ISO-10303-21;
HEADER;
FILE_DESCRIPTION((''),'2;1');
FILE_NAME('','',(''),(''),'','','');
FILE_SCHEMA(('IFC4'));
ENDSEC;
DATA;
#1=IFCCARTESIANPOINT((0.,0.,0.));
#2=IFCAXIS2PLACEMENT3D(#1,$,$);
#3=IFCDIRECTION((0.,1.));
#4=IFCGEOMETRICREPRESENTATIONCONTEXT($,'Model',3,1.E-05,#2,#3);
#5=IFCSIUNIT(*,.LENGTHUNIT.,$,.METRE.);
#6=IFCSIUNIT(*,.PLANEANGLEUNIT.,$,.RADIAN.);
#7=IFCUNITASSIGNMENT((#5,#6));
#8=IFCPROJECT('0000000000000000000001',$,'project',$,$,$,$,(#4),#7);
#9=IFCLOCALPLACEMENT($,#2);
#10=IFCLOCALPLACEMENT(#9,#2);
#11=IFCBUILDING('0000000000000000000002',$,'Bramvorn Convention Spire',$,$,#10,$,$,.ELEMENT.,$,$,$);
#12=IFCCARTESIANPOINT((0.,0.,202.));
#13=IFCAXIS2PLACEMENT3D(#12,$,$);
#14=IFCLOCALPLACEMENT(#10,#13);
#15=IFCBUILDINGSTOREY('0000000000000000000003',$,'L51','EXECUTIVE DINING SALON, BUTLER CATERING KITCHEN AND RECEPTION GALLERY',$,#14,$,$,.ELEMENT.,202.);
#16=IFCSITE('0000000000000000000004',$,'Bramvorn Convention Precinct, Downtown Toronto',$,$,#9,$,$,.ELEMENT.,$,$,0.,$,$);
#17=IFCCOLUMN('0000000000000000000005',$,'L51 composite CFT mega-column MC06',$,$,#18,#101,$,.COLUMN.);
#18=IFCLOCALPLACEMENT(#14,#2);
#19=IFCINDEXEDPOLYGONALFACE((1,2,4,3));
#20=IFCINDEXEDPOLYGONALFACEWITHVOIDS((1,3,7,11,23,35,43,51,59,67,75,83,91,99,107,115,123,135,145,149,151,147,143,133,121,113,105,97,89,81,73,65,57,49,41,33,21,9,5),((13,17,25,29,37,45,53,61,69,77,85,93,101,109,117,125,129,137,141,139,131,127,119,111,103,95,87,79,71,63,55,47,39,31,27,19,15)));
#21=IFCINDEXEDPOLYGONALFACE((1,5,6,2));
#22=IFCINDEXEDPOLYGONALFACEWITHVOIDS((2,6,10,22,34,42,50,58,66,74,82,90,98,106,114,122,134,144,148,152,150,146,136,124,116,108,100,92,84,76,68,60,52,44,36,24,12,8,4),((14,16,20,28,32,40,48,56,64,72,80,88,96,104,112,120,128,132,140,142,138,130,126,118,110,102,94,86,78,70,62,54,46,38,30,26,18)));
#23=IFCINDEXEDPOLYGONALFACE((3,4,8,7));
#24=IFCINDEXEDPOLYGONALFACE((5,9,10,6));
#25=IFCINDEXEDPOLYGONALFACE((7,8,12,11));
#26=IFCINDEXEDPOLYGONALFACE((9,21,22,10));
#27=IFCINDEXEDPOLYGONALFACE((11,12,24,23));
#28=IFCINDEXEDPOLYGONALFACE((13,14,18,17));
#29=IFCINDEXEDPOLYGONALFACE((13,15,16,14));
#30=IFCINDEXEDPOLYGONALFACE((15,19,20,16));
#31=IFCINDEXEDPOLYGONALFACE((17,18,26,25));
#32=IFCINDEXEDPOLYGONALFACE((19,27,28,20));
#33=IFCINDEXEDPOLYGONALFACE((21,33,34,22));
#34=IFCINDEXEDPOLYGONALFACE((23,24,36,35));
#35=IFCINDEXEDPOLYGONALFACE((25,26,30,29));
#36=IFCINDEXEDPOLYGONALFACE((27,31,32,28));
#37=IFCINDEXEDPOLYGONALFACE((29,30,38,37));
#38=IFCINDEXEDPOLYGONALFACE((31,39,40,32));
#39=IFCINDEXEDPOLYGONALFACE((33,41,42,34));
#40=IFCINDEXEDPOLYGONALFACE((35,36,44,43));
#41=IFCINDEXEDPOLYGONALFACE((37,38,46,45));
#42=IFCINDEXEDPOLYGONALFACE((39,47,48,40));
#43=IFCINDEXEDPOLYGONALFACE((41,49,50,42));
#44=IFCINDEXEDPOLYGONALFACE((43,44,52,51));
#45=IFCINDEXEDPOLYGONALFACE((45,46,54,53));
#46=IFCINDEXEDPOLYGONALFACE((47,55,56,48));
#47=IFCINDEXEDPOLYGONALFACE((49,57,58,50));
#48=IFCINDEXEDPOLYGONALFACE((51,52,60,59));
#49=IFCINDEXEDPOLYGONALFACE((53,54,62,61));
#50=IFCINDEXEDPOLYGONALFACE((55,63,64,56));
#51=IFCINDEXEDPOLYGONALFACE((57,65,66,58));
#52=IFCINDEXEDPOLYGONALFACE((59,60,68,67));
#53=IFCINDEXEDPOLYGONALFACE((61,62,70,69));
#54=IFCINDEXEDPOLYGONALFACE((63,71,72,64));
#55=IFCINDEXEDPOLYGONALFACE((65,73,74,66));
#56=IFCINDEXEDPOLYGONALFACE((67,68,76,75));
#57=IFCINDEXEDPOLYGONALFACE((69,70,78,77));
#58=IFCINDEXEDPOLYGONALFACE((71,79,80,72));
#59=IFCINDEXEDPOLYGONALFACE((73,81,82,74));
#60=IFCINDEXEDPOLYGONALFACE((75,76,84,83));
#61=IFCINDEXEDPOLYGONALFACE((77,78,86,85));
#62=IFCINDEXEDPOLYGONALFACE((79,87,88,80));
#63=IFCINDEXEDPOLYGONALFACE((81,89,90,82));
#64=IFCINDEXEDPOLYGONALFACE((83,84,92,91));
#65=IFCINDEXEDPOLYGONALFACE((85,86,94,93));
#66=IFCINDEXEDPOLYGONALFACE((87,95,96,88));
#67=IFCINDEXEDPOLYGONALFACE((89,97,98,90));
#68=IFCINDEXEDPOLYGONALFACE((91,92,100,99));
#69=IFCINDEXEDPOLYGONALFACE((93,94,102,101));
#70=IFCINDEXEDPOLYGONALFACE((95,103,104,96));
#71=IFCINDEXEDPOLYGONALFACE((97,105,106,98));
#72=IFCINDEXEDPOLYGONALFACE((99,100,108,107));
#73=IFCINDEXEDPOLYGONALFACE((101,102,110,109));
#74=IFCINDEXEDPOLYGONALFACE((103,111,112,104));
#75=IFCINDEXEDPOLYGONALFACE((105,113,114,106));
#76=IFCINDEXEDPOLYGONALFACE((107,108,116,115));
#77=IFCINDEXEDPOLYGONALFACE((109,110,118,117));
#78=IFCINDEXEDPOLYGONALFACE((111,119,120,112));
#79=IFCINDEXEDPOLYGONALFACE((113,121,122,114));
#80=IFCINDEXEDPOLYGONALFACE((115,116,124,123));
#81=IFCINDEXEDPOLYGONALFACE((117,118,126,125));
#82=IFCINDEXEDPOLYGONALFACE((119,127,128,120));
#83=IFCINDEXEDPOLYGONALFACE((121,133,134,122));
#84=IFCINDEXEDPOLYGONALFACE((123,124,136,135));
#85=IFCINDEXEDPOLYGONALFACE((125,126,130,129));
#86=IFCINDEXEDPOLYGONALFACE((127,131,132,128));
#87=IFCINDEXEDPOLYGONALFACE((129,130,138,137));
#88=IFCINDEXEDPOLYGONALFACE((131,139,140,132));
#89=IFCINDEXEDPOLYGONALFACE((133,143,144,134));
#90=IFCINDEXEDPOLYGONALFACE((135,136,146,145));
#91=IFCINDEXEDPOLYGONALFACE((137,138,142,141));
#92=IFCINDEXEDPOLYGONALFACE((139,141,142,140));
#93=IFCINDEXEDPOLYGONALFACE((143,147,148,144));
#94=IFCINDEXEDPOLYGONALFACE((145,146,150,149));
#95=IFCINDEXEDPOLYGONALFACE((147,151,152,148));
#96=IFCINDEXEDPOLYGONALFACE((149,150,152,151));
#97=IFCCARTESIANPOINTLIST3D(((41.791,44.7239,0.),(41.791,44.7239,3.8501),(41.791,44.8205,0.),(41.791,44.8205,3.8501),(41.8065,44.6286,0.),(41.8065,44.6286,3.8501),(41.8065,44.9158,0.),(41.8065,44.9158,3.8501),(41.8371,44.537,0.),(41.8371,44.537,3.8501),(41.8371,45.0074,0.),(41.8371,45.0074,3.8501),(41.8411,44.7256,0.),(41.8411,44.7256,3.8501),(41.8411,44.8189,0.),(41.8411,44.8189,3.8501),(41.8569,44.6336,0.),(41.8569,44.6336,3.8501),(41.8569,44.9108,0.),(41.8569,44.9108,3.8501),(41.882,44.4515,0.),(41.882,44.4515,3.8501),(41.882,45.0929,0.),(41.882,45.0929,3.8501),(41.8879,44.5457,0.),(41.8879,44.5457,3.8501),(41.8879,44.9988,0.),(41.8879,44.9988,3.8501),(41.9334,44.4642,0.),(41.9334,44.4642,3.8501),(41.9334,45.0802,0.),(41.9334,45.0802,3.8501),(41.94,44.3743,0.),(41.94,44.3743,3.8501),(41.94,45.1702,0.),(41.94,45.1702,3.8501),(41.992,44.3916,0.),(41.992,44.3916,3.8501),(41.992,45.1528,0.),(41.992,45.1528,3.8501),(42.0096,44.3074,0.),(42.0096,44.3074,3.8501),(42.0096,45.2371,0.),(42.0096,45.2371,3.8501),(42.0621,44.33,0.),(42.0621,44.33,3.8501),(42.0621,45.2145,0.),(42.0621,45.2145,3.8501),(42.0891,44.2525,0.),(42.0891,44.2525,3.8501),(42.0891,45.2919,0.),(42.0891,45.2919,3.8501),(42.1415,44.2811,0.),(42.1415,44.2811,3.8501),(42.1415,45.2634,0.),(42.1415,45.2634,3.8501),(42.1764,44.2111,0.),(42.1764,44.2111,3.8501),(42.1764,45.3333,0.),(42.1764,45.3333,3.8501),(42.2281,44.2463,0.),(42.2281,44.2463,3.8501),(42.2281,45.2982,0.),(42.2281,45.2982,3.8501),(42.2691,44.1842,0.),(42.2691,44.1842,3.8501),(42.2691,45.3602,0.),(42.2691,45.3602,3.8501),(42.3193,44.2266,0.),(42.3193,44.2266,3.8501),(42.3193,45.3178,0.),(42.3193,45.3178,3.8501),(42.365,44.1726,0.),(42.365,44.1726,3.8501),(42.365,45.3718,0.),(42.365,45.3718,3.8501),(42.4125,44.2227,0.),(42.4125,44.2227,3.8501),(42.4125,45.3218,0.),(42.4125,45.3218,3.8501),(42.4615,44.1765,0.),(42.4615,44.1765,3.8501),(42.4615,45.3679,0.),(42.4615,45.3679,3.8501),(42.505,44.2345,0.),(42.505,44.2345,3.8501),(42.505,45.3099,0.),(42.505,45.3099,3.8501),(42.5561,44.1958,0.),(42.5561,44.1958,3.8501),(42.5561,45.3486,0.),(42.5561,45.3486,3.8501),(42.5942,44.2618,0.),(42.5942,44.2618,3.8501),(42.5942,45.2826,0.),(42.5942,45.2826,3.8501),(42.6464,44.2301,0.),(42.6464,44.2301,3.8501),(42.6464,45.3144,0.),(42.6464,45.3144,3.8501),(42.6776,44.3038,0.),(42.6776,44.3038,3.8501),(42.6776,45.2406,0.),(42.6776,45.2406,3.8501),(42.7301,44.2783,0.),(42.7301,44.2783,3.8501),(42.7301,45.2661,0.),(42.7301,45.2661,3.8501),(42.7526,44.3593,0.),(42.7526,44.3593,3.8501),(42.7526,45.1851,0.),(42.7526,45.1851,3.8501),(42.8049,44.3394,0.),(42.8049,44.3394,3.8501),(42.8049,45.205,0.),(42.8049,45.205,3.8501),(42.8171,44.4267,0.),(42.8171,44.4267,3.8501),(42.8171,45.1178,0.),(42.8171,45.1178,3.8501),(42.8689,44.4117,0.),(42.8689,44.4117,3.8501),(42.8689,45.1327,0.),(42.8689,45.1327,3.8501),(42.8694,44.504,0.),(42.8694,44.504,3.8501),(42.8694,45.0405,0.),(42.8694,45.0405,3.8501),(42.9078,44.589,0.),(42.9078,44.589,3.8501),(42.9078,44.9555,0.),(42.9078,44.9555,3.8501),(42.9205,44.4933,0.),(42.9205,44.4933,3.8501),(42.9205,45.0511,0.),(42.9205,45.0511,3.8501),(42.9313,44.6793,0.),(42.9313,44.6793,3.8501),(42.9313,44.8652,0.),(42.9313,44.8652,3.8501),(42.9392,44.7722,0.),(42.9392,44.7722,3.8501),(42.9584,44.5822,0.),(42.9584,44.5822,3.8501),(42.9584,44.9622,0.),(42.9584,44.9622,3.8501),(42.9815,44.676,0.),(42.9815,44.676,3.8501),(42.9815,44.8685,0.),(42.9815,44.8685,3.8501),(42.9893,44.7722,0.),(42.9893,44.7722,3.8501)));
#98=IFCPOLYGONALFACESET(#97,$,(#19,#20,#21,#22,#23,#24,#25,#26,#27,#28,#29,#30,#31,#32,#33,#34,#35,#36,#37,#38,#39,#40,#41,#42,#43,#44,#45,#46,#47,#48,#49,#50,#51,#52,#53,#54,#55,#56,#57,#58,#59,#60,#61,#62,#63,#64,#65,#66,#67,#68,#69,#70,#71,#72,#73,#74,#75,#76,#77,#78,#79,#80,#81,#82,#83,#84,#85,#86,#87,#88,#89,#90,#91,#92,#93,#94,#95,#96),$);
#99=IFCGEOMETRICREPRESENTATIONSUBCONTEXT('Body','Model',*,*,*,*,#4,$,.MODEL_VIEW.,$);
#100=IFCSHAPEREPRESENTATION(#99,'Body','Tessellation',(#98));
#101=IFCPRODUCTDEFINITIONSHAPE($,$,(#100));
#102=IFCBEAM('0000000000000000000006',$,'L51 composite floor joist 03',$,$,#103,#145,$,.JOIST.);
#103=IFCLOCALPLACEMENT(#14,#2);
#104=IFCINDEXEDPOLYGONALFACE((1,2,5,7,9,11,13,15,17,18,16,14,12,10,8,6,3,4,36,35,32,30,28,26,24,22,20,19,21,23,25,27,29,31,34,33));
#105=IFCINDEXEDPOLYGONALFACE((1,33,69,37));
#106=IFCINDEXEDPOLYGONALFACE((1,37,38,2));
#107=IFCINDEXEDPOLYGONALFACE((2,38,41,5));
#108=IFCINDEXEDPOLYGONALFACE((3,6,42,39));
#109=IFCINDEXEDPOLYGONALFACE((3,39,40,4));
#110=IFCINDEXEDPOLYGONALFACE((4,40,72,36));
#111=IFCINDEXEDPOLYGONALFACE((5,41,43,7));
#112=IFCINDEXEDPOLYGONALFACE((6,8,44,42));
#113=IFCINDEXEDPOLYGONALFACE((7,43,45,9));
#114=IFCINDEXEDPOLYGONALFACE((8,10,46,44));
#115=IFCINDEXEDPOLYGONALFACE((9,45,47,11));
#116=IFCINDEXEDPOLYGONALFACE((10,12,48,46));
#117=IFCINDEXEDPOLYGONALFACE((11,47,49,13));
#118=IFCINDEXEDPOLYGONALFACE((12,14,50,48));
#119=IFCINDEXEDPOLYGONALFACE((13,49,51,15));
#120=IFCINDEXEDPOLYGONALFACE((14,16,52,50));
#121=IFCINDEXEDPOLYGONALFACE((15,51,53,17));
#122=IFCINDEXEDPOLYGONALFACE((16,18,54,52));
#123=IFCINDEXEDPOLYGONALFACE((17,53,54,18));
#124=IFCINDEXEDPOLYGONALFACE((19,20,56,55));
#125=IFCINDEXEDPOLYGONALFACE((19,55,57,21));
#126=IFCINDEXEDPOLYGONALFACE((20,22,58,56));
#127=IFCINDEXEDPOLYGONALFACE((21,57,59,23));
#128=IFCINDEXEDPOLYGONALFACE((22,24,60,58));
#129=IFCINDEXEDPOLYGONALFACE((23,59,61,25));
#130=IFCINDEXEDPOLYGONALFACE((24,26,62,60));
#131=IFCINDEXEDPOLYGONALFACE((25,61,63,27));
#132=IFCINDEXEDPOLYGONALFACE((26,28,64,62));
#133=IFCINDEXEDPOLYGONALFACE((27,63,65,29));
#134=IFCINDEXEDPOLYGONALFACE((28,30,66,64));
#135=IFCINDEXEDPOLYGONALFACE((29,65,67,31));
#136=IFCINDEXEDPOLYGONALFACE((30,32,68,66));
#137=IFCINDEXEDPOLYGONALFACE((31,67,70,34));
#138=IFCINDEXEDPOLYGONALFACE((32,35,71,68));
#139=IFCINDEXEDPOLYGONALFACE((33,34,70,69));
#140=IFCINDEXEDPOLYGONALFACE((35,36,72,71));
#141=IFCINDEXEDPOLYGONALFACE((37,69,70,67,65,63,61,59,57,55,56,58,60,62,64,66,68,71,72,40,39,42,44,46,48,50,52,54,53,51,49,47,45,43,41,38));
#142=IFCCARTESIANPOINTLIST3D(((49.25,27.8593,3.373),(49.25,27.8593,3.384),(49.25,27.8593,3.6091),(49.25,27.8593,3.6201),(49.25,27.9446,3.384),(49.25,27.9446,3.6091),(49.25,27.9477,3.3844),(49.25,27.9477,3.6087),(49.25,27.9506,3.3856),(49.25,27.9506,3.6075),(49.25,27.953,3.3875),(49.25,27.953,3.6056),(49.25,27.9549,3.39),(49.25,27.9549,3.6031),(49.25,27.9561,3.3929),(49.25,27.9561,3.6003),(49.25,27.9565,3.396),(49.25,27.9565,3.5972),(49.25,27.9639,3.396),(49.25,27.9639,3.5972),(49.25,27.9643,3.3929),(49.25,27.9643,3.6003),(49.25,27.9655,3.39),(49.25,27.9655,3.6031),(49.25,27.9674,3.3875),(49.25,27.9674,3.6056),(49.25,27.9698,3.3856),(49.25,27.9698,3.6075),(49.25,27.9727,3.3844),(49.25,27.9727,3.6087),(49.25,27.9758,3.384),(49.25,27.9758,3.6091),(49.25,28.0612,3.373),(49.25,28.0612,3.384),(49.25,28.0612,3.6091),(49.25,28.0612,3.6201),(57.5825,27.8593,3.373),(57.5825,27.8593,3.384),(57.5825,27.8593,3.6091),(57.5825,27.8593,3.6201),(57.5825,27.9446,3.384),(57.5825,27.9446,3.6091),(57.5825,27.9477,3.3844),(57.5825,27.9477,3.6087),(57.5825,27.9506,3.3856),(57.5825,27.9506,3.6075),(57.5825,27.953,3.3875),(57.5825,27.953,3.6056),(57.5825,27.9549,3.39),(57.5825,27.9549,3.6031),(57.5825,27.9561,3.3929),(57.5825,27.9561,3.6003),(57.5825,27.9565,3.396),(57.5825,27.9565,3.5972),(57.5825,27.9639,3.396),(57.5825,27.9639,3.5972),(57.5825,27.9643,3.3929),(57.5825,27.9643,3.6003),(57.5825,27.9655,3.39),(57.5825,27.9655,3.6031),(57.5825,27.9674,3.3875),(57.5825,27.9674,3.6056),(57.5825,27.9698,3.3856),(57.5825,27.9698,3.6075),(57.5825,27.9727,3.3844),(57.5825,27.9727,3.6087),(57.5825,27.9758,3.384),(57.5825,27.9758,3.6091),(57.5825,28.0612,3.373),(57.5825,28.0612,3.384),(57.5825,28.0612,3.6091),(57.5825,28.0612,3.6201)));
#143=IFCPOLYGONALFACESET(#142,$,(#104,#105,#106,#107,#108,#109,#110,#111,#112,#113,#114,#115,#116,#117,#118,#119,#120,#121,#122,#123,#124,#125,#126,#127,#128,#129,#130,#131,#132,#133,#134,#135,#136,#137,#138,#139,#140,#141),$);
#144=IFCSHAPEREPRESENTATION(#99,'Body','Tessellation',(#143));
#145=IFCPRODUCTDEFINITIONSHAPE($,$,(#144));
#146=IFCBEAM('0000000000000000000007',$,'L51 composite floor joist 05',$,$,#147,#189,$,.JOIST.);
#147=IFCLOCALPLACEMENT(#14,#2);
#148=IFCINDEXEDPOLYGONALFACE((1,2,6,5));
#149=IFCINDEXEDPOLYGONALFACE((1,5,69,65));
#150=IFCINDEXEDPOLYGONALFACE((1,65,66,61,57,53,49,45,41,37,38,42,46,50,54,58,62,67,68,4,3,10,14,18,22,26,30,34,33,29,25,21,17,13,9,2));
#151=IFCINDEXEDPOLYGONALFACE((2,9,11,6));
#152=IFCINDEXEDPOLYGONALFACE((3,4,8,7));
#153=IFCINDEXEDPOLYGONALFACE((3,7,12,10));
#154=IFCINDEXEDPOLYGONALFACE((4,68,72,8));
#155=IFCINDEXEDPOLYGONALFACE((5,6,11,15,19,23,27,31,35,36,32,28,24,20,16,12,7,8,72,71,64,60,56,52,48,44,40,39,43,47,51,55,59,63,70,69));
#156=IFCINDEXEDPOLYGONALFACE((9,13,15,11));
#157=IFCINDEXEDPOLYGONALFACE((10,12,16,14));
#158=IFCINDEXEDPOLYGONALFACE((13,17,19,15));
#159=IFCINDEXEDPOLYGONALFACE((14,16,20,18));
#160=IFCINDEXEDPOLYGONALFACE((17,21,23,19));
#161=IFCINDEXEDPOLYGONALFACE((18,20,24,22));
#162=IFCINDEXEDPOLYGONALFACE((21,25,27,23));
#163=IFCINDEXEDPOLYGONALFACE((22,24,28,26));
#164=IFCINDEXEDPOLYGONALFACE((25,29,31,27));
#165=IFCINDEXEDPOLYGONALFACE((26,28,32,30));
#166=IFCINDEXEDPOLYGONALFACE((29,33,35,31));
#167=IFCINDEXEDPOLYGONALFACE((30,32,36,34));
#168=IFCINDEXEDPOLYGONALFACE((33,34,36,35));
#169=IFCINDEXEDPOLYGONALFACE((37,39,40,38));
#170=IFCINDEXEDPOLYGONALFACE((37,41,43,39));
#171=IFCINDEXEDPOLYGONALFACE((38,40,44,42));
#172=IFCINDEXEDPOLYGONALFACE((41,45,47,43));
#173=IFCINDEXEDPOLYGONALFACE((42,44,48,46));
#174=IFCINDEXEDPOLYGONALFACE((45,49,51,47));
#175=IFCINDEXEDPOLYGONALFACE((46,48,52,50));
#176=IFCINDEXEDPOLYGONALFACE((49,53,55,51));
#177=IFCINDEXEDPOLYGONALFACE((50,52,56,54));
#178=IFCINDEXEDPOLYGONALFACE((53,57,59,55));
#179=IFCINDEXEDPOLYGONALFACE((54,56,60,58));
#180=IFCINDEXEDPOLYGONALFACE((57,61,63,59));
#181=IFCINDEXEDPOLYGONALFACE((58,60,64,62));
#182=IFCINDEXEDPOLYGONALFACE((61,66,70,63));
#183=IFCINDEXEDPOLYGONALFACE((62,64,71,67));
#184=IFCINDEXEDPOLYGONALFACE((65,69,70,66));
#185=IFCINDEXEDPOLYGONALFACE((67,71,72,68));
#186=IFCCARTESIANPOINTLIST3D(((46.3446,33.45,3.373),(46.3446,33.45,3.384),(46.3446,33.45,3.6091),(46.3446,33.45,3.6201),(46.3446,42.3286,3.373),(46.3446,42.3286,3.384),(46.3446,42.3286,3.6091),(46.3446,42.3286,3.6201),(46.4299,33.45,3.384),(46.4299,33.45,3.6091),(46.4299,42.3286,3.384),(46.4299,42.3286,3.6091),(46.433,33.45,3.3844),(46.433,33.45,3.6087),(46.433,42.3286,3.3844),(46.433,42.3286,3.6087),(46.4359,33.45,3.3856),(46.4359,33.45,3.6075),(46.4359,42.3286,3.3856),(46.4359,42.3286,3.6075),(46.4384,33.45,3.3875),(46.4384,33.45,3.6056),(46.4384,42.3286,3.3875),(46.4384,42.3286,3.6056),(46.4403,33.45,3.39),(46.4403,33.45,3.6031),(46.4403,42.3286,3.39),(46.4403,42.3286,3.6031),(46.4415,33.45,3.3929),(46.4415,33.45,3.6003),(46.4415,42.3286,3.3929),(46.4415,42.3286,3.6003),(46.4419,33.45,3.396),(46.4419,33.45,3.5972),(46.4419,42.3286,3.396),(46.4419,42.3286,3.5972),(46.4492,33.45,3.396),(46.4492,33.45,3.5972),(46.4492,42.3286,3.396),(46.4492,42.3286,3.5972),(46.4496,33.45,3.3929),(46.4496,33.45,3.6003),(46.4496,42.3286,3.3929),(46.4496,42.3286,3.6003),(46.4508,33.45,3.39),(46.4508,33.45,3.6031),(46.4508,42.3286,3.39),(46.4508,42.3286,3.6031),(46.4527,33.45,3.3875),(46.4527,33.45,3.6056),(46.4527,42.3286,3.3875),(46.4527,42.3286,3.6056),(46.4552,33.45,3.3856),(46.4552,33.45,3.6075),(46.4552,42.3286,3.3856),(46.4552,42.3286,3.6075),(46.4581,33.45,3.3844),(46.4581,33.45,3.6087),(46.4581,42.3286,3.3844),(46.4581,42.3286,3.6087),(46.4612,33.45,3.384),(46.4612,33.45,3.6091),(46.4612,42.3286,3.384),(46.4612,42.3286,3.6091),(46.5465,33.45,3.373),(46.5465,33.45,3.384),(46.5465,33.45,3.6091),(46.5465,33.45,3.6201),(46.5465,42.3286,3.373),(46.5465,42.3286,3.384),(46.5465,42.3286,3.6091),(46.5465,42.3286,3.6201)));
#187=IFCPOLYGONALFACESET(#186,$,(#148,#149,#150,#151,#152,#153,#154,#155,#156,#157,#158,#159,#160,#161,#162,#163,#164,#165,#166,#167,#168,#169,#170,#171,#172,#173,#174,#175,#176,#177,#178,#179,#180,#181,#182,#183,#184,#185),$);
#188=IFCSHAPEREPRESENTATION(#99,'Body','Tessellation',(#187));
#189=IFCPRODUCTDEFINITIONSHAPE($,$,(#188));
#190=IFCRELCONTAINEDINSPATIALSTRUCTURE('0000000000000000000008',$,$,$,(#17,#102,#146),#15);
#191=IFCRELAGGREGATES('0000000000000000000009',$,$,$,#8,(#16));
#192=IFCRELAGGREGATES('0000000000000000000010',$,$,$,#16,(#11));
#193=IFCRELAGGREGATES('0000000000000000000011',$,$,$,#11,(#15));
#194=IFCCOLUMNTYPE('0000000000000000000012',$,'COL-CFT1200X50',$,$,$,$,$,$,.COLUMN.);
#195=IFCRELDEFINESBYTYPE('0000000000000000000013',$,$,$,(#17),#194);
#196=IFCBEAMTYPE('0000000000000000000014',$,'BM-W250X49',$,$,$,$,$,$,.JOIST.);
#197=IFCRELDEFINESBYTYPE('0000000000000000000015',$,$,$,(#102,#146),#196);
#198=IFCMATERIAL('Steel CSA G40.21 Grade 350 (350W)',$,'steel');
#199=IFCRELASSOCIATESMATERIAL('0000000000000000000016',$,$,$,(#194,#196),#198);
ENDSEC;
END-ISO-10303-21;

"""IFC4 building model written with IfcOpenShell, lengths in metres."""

from ifc_helpers import new_model, si_unit, direction, frame, origin, origin_2d, place, context, subcontext, project, spatial, hollow_circle, i_section, extrude, material, material_profile, profile_set, type_object, element, save


model = new_model("IFC4")

# Units and contexts
model_context = context("Model", 3, precision=1e-05, world=origin(), true_north=direction((0.0, 1.0)))
body_context = subcontext(model_context, "Body", "Model", "MODEL_VIEW")
ifc_project = project(units=[si_unit("LENGTHUNIT", "METRE"), si_unit("PLANEANGLEUNIT", "RADIAN")], contexts=[model_context])

# Site, building, storey
site_placement = place(None, origin())
site = spatial("IfcSite", under=ifc_project, at=site_placement, Name="Bramvorn Convention Precinct, Downtown Toronto", CompositionType="ELEMENT", RefElevation=0.0)
building_placement = place(site_placement, origin())
building = spatial("IfcBuilding", under=site, at=building_placement, Name="Bramvorn Convention Spire", CompositionType="ELEMENT")
storey_placement = place(building_placement, frame((0.0, 0.0, 202.0)))
storey = spatial("IfcBuildingStorey", under=building, at=storey_placement, Name="L51", Description="EXECUTIVE DINING SALON, BUTLER CATERING KITCHEN AND RECEPTION GALLERY", CompositionType="ELEMENT", Elevation=202.0)

# Column
ifc_material_1 = material(Name="Steel CSA G40.21 Grade 350 (350W)", Category="steel")
ifc_material_profile_1 = material_profile(ifc_material_1, hollow_circle(Radius=0.6001, WallThickness=0.05, at=origin_2d()))
ifc_profile_set_1 = profile_set([ifc_material_profile_1], Name="Steel CSA G40.21 Grade 350 (350W) - CFT1200X50")
column_type = type_object("IfcColumnType", Name="COL-CFT1200X50", PredefinedType="COLUMN", material=ifc_profile_set_1)
column_placement = place(storey_placement, frame((42.3892, 44.7722, 0.0), z_axis=(0.0, 0.0, 1.0), x_axis=(1.0, 0.0, 0.0)))
element("IfcColumn", 1, at=column_placement, inside=storey, type_object=column_type, Name="L51 composite CFT mega-column MC06", PredefinedType="COLUMN", context=body_context, shape_type="SweptSolid", body=[
    extrude(hollow_circle(Radius=0.6001, WallThickness=0.05, at=origin_2d()), origin(), (0.0, 0.0, 1.0), 3.8501),
])

# Beams
ifc_material_profile_2 = material_profile(ifc_material_1, i_section(OverallWidth=0.2019, OverallDepth=0.2471, WebThickness=0.0073, FlangeThickness=0.011, FilletRadius=0.012, at=origin_2d()))
ifc_profile_set_2 = profile_set([ifc_material_profile_2], Name="Steel CSA G40.21 Grade 350 (350W) - W250X49")
beam_type_1 = type_object("IfcBeamType", Name="BM-W250X49", PredefinedType="JOIST", material=ifc_profile_set_2)
beam_1_placement = place(storey_placement, frame((49.25, 27.9602, 3.4966), z_axis=(1.0, 0.0, 0.0), x_axis=(0.0, 1.0, 0.0)))
element("IfcBeam", 2, at=beam_1_placement, inside=storey, type_object=beam_type_1, Name="L51 composite floor joist 03", PredefinedType="JOIST", context=body_context, shape_type="SweptSolid", body=[
    extrude(i_section(OverallWidth=0.2019, OverallDepth=0.2471, WebThickness=0.0073, FlangeThickness=0.011, FilletRadius=0.012, at=origin_2d()), origin(), (0.0, 0.0, 1.0), 8.3325),
])
beam_2_placement = place(storey_placement, frame((46.4456, 33.45, 3.4966), z_axis=(0.0, 1.0, 0.0), x_axis=(-1.0, 0.0, 0.0)))
element("IfcBeam", 3, at=beam_2_placement, inside=storey, type_object=beam_type_1, Name="L51 composite floor joist 05", PredefinedType="JOIST", context=body_context, shape_type="SweptSolid", body=[
    extrude(i_section(OverallWidth=0.2019, OverallDepth=0.2471, WebThickness=0.0073, FlangeThickness=0.011, FilletRadius=0.012, at=origin_2d()), origin(), (0.0, 0.0, 1.0), 8.8787),
])

save(model, "model.ifc")
